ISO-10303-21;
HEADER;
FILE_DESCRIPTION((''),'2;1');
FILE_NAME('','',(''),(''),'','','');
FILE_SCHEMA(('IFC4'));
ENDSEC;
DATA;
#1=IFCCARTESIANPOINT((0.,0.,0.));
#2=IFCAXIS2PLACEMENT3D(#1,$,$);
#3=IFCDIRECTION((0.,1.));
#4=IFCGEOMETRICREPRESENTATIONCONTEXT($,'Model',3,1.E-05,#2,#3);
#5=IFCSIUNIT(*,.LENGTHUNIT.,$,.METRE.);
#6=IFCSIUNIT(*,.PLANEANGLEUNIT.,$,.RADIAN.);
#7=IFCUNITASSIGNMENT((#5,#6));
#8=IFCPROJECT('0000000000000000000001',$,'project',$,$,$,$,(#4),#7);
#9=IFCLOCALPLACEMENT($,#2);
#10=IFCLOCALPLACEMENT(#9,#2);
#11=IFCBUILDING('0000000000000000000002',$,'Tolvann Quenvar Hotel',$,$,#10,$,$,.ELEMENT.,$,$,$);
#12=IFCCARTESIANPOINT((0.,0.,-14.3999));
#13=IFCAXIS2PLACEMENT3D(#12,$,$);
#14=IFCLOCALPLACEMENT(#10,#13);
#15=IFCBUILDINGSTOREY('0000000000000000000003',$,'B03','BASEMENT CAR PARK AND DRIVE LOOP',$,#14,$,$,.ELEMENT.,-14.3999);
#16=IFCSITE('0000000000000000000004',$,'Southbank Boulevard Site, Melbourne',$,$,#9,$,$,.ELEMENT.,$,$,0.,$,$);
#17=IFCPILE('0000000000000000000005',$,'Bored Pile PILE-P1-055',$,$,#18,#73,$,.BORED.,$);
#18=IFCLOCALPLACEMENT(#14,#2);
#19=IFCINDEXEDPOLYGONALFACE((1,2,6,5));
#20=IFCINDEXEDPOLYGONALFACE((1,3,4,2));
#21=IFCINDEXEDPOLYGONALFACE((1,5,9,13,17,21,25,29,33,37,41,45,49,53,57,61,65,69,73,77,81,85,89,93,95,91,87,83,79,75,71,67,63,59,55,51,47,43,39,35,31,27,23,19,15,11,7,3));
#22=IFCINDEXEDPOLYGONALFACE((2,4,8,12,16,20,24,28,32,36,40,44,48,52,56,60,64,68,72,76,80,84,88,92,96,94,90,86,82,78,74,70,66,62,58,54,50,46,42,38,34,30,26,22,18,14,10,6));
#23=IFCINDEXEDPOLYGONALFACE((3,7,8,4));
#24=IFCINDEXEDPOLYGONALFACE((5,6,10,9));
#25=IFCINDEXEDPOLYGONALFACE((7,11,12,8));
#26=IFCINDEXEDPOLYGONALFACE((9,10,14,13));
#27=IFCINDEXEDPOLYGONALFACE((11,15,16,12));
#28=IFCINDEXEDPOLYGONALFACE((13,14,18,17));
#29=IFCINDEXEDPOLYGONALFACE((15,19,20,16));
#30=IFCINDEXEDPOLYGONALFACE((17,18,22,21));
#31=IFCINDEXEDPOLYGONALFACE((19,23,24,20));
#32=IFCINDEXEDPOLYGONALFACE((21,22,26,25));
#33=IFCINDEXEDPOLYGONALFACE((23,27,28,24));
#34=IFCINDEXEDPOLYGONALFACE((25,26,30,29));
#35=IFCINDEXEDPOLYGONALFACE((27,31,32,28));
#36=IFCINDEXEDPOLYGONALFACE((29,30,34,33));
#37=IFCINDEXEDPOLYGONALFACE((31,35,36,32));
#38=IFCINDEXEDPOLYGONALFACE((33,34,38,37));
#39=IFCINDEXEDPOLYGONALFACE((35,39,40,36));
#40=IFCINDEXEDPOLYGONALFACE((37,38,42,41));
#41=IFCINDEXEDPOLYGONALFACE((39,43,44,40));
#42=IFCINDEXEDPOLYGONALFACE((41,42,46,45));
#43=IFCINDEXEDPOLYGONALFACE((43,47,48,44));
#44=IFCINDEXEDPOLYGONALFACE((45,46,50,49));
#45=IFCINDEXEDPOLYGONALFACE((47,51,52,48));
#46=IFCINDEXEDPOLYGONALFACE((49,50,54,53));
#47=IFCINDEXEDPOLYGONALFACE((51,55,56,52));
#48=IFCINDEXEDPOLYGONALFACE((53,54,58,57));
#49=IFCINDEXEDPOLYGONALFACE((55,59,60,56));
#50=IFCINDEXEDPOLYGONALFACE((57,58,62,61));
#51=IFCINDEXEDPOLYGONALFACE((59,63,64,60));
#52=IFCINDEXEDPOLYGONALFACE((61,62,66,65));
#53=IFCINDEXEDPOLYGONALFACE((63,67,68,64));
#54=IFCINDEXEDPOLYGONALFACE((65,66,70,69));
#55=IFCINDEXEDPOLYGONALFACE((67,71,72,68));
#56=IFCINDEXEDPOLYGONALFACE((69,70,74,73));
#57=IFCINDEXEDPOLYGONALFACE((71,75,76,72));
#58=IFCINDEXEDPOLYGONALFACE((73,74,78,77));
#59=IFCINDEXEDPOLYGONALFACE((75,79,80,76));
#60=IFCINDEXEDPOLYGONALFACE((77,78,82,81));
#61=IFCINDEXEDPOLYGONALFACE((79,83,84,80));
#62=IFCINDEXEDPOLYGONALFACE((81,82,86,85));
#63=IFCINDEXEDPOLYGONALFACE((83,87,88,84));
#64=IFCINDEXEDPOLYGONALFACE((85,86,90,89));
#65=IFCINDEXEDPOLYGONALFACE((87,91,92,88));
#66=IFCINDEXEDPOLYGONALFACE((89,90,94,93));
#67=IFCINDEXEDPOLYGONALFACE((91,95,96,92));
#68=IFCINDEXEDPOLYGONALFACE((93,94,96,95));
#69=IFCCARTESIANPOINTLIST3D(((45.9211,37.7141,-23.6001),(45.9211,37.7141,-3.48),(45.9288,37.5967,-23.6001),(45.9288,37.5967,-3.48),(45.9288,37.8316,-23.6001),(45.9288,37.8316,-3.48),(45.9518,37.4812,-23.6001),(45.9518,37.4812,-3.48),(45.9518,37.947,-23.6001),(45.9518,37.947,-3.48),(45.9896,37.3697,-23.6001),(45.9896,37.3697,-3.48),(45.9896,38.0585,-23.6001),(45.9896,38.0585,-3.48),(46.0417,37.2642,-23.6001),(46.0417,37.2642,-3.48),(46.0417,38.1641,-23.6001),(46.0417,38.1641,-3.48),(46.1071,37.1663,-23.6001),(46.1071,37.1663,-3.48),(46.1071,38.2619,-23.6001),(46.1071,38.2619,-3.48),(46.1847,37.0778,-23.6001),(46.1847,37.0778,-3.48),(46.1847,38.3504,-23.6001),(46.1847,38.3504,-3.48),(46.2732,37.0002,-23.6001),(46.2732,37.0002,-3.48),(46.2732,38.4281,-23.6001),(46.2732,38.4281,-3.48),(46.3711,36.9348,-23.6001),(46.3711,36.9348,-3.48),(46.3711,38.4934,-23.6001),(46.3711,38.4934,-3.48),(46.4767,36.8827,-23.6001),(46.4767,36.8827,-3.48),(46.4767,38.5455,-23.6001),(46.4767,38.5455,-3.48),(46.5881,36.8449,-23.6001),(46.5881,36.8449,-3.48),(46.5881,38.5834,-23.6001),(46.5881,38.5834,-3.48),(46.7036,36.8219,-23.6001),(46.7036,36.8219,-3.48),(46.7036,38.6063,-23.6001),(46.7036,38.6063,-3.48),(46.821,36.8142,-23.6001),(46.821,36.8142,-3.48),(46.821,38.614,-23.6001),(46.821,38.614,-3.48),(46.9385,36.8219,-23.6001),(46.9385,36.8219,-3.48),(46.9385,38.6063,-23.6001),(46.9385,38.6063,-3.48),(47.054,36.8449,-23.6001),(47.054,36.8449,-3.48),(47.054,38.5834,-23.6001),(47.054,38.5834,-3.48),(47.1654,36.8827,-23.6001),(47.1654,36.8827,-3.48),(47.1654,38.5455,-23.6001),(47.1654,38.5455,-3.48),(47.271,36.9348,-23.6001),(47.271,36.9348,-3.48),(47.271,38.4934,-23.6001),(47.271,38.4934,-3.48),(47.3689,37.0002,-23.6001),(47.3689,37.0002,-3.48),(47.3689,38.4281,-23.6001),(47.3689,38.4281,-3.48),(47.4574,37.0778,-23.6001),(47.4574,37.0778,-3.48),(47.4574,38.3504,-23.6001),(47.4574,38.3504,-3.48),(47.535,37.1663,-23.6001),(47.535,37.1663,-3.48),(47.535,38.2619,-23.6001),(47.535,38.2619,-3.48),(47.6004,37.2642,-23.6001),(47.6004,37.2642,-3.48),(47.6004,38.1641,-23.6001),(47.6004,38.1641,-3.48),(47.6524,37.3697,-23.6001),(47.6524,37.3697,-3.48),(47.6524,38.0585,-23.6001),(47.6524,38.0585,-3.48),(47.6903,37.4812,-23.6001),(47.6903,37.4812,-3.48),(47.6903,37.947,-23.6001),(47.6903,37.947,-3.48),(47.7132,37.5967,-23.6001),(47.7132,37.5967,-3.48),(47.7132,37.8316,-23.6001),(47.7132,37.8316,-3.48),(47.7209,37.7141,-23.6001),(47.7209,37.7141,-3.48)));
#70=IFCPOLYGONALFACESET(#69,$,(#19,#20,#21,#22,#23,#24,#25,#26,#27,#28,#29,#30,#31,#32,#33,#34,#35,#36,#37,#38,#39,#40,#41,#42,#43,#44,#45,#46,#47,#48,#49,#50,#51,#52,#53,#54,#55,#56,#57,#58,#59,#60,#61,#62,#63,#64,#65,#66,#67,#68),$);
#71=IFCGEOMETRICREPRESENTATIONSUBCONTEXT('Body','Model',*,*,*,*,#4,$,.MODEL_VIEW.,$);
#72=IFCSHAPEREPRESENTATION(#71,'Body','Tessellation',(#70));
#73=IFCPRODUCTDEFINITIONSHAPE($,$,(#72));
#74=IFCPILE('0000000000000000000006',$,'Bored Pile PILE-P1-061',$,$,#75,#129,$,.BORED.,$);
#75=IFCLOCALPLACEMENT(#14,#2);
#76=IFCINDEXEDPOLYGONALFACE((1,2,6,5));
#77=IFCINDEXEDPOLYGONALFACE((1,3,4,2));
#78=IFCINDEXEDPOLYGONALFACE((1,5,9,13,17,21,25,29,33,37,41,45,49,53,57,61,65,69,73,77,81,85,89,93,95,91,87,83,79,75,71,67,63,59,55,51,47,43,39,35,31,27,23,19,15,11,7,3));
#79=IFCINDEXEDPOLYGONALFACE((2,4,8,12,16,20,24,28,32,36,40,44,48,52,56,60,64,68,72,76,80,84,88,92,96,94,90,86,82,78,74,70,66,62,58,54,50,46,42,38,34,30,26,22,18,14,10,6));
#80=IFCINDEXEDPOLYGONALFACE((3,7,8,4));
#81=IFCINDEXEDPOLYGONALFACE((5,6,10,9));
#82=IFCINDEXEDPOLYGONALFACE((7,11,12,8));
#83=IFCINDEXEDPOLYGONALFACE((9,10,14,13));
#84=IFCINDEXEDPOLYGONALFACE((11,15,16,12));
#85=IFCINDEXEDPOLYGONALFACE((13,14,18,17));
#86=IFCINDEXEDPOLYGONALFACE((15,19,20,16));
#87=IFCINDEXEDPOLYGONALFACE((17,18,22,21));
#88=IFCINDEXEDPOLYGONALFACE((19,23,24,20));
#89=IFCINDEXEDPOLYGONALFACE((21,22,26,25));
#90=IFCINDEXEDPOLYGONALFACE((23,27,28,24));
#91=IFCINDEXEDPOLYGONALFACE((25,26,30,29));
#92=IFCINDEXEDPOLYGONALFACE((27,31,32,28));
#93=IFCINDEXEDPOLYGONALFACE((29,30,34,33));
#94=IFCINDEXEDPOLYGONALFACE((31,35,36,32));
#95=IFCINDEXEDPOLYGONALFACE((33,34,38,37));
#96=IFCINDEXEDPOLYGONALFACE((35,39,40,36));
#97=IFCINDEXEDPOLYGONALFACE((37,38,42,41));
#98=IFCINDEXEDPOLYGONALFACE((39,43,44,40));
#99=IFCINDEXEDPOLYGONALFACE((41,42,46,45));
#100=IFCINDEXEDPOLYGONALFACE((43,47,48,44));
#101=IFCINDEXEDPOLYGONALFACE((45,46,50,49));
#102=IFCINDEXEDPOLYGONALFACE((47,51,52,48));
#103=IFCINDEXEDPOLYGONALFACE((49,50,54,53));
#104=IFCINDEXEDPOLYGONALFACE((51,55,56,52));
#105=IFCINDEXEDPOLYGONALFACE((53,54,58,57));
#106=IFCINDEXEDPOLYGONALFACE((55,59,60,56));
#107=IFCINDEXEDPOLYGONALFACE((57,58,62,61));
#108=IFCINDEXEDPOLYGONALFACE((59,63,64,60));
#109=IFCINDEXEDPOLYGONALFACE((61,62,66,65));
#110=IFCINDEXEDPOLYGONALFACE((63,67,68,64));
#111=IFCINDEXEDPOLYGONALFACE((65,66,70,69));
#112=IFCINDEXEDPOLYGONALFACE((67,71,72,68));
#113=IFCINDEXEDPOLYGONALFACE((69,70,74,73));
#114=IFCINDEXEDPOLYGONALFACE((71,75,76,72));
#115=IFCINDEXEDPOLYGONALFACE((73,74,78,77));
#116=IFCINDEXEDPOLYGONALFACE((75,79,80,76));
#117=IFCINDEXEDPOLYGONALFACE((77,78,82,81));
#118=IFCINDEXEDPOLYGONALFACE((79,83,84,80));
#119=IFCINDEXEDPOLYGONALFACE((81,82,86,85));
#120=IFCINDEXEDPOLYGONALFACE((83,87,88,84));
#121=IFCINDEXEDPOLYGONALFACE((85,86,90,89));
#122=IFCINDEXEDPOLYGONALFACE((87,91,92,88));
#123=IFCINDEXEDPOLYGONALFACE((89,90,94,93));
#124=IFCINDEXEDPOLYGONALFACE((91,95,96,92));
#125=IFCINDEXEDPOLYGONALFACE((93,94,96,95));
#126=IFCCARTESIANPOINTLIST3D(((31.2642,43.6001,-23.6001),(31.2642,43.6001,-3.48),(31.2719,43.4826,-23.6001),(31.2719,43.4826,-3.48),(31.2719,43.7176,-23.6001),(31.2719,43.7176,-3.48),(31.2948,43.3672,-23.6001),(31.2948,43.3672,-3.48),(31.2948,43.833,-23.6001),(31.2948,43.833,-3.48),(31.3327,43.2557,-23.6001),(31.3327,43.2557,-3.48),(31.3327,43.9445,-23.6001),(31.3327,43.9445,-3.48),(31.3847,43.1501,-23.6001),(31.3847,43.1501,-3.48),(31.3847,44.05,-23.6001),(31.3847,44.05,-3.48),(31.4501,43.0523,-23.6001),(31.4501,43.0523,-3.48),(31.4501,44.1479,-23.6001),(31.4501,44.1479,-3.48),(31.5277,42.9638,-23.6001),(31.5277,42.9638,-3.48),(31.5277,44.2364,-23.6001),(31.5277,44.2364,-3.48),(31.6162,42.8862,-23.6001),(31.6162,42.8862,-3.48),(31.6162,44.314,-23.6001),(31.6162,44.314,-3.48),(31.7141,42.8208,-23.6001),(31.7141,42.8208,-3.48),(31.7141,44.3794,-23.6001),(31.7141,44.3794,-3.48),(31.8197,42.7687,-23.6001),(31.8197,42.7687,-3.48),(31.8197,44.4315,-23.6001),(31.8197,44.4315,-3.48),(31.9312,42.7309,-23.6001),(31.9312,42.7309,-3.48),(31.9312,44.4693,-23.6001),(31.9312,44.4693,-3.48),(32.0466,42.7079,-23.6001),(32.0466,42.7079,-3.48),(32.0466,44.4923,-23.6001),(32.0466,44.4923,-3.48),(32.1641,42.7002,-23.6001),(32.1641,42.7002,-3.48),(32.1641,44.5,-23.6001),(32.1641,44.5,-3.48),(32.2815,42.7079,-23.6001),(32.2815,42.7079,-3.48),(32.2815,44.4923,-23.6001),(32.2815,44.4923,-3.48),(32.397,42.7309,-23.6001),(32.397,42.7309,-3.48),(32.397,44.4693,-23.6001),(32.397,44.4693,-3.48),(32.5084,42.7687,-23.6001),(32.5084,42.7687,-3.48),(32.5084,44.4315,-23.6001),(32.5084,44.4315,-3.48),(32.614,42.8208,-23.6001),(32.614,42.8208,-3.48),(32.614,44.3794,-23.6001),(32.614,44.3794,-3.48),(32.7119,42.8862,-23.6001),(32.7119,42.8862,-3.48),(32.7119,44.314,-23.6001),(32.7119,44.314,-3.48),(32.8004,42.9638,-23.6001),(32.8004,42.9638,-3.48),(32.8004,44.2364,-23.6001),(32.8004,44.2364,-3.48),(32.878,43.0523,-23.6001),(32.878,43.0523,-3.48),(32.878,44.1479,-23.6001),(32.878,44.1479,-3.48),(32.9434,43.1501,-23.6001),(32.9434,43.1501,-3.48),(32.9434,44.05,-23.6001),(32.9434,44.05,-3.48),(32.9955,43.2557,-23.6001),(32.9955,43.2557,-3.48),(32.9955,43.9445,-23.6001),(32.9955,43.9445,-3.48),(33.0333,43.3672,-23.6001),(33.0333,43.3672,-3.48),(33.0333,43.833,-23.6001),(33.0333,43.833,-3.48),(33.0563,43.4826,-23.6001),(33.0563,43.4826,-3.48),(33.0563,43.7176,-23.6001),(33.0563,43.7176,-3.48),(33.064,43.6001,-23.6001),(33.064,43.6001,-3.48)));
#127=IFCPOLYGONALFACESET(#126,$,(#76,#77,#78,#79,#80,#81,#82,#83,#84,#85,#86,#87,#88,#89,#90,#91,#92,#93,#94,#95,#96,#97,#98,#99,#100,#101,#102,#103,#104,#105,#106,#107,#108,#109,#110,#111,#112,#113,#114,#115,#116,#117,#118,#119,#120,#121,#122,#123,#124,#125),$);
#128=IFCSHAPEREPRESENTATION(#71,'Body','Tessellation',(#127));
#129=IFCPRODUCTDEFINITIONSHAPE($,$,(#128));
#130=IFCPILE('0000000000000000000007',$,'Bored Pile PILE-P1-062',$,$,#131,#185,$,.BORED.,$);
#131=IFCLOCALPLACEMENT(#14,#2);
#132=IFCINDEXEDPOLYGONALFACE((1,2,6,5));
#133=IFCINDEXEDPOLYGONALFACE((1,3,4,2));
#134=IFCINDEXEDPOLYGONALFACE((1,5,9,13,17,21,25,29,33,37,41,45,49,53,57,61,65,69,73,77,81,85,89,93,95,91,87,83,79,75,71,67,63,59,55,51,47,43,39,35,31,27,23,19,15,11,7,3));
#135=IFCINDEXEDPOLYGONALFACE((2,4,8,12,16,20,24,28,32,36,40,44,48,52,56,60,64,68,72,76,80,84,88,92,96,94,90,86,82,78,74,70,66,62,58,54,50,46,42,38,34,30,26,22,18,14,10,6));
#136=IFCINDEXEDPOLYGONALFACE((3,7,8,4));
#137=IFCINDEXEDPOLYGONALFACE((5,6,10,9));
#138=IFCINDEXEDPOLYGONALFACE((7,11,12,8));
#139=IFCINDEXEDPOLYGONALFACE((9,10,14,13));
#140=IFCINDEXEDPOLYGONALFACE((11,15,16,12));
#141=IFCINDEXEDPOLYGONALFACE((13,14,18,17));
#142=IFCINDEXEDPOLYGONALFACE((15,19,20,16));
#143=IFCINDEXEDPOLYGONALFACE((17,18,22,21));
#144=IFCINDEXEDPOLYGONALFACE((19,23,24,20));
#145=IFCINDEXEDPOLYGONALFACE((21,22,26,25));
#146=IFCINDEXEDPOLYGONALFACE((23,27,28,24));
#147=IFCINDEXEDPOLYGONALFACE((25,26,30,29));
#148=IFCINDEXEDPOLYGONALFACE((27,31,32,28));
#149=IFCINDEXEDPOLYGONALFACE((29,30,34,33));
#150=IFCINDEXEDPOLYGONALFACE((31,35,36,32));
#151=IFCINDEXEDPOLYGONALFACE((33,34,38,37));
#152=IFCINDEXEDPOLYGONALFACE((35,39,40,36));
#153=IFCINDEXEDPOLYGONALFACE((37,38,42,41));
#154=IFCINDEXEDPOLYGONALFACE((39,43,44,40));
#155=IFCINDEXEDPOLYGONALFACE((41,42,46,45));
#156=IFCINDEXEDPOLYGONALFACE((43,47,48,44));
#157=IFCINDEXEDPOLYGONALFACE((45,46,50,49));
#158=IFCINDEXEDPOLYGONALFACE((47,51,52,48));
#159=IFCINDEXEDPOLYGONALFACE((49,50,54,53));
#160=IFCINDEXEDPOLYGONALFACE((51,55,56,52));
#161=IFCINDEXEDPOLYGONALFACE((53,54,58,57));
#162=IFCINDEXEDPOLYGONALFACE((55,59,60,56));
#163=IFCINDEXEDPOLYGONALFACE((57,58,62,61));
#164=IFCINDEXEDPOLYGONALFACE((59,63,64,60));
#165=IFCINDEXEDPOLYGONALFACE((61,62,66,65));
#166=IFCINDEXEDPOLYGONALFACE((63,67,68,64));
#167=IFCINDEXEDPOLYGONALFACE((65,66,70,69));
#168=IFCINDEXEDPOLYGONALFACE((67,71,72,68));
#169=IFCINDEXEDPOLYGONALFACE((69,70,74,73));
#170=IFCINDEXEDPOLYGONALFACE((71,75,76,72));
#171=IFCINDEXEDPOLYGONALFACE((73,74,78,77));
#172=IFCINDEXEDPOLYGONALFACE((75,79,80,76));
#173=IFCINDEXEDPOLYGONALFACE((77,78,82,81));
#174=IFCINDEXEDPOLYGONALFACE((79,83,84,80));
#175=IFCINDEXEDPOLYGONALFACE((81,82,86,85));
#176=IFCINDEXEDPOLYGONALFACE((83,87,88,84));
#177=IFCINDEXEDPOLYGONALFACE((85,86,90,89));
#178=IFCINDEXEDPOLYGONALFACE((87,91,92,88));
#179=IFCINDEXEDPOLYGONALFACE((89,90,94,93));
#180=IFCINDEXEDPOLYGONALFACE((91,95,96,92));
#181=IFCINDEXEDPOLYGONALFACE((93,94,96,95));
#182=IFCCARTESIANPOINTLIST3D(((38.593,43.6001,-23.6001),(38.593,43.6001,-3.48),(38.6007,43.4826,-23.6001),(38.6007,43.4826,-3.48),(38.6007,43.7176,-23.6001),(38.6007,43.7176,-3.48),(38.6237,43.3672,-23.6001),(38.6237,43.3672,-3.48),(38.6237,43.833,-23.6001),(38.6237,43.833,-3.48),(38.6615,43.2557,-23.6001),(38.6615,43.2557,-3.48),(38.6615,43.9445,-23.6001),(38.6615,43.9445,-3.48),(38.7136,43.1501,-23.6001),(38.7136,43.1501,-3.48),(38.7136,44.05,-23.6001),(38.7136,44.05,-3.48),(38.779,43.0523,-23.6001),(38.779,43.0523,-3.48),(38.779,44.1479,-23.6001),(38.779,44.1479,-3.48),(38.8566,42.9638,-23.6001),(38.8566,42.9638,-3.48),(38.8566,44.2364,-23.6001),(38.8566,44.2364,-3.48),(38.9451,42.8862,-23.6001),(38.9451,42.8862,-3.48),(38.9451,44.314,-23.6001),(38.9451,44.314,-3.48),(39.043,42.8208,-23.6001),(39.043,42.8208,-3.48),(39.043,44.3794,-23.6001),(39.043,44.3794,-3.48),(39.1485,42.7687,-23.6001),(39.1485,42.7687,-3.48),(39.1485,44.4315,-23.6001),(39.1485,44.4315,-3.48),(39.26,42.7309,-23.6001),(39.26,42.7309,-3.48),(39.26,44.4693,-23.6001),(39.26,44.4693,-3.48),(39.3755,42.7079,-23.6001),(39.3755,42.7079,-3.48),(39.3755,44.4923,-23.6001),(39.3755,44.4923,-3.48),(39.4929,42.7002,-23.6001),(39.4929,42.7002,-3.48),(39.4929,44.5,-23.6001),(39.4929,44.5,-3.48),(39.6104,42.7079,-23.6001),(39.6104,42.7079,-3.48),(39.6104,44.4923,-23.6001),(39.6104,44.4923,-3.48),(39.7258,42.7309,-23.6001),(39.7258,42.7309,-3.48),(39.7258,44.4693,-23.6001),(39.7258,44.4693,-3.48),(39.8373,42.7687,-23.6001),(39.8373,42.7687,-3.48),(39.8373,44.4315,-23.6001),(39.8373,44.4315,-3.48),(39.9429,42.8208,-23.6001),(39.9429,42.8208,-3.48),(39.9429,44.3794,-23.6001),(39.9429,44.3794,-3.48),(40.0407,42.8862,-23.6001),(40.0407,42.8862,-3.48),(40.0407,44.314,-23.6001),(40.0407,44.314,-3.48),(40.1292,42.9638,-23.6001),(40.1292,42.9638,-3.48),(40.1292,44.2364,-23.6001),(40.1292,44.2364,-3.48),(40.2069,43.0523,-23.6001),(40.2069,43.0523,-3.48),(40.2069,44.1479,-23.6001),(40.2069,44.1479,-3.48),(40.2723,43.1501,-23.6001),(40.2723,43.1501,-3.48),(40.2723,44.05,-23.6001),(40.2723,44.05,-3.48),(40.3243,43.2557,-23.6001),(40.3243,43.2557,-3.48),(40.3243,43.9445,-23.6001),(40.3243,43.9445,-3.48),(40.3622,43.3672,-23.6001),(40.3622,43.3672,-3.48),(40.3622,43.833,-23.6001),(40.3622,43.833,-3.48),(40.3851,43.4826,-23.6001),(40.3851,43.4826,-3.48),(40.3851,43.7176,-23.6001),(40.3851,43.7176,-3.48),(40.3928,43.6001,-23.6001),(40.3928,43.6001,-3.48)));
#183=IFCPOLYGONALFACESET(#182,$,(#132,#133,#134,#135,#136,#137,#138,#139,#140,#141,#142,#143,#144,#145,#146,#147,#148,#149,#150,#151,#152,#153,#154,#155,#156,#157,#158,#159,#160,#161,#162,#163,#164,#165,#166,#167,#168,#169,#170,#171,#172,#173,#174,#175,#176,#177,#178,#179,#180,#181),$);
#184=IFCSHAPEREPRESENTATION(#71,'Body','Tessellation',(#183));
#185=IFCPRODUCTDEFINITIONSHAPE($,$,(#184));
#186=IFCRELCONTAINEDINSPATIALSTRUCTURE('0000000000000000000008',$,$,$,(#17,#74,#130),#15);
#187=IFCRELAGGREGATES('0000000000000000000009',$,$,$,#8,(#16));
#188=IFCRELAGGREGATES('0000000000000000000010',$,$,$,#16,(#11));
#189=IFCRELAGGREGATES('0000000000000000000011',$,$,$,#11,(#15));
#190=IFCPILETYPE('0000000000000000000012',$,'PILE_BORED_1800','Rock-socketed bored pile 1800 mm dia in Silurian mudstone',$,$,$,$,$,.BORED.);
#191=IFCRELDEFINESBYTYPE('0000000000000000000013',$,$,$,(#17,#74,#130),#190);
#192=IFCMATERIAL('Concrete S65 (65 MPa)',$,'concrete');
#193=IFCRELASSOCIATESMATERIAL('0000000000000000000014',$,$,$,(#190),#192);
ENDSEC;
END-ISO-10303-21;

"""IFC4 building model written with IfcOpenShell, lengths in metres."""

from ifc_helpers import new_model, si_unit, direction, frame, origin, origin_2d, place, context, subcontext, project, spatial, circle, extrude, material, material_profile, profile_set, type_object, element, save


model = new_model("IFC4")

# Units and contexts
model_context = context("Model", 3, precision=1e-05, world=origin(), true_north=direction((0.0, 1.0)))
body_context = subcontext(model_context, "Body", "Model", "MODEL_VIEW")
ifc_project = project(units=[si_unit("LENGTHUNIT", "METRE"), si_unit("PLANEANGLEUNIT", "RADIAN")], contexts=[model_context])

# Site, building, storey
site_placement = place(None, origin())
site = spatial("IfcSite", under=ifc_project, at=site_placement, Name="Southbank Boulevard Site, Melbourne", CompositionType="ELEMENT", RefElevation=0.0)
building_placement = place(site_placement, origin())
building = spatial("IfcBuilding", under=site, at=building_placement, Name="Tolvann Quenvar Hotel", CompositionType="ELEMENT")
storey_placement = place(building_placement, frame((0.0, 0.0, -14.3999)))
storey = spatial("IfcBuildingStorey", under=building, at=storey_placement, Name="B03", Description="BASEMENT CAR PARK AND DRIVE LOOP", CompositionType="ELEMENT", Elevation=-14.3999)

# Piles
ifc_material_1 = material(Name="Concrete S65 (65 MPa)", Category="concrete")
ifc_material_profile_1 = material_profile(ifc_material_1, circle(Radius=0.8999, at=origin_2d()), Name="PILE1800")
ifc_profile_set_1 = profile_set([ifc_material_profile_1], Name="Concrete S65 (65 MPa)")
pile_type = type_object("IfcPileType", Name="PILE_BORED_1800", Description="Rock-socketed bored pile 1800 mm dia in Silurian mudstone", PredefinedType="BORED", material=ifc_profile_set_1)
for number, where, z_axis, x_axis, name in (
    (1, (46.821, 37.7141, -3.48), (0.0, 0.0, -1.0), (1.0, 0.0, 0.0), "Bored Pile PILE-P1-055"),
    (2, (32.1641, 43.6001, -3.48), (0.0, 0.0, -1.0), (1.0, 0.0, 0.0), "Bored Pile PILE-P1-061"),
    (3, (39.4929, 43.6001, -3.48), (0.0, 0.0, -1.0), (1.0, 0.0, 0.0), "Bored Pile PILE-P1-062"),
):
    element("IfcPile", number, at=place(storey_placement, frame(where, z_axis=z_axis, x_axis=x_axis)), inside=storey, type_object=pile_type, Name=name, PredefinedType="BORED", context=body_context, shape_type="SweptSolid", body=[
        extrude(circle(Radius=0.8999, at=origin_2d()), origin(), (0.0, 0.0, 1.0), 20.1201),
    ])

save(model, "model.ifc")
